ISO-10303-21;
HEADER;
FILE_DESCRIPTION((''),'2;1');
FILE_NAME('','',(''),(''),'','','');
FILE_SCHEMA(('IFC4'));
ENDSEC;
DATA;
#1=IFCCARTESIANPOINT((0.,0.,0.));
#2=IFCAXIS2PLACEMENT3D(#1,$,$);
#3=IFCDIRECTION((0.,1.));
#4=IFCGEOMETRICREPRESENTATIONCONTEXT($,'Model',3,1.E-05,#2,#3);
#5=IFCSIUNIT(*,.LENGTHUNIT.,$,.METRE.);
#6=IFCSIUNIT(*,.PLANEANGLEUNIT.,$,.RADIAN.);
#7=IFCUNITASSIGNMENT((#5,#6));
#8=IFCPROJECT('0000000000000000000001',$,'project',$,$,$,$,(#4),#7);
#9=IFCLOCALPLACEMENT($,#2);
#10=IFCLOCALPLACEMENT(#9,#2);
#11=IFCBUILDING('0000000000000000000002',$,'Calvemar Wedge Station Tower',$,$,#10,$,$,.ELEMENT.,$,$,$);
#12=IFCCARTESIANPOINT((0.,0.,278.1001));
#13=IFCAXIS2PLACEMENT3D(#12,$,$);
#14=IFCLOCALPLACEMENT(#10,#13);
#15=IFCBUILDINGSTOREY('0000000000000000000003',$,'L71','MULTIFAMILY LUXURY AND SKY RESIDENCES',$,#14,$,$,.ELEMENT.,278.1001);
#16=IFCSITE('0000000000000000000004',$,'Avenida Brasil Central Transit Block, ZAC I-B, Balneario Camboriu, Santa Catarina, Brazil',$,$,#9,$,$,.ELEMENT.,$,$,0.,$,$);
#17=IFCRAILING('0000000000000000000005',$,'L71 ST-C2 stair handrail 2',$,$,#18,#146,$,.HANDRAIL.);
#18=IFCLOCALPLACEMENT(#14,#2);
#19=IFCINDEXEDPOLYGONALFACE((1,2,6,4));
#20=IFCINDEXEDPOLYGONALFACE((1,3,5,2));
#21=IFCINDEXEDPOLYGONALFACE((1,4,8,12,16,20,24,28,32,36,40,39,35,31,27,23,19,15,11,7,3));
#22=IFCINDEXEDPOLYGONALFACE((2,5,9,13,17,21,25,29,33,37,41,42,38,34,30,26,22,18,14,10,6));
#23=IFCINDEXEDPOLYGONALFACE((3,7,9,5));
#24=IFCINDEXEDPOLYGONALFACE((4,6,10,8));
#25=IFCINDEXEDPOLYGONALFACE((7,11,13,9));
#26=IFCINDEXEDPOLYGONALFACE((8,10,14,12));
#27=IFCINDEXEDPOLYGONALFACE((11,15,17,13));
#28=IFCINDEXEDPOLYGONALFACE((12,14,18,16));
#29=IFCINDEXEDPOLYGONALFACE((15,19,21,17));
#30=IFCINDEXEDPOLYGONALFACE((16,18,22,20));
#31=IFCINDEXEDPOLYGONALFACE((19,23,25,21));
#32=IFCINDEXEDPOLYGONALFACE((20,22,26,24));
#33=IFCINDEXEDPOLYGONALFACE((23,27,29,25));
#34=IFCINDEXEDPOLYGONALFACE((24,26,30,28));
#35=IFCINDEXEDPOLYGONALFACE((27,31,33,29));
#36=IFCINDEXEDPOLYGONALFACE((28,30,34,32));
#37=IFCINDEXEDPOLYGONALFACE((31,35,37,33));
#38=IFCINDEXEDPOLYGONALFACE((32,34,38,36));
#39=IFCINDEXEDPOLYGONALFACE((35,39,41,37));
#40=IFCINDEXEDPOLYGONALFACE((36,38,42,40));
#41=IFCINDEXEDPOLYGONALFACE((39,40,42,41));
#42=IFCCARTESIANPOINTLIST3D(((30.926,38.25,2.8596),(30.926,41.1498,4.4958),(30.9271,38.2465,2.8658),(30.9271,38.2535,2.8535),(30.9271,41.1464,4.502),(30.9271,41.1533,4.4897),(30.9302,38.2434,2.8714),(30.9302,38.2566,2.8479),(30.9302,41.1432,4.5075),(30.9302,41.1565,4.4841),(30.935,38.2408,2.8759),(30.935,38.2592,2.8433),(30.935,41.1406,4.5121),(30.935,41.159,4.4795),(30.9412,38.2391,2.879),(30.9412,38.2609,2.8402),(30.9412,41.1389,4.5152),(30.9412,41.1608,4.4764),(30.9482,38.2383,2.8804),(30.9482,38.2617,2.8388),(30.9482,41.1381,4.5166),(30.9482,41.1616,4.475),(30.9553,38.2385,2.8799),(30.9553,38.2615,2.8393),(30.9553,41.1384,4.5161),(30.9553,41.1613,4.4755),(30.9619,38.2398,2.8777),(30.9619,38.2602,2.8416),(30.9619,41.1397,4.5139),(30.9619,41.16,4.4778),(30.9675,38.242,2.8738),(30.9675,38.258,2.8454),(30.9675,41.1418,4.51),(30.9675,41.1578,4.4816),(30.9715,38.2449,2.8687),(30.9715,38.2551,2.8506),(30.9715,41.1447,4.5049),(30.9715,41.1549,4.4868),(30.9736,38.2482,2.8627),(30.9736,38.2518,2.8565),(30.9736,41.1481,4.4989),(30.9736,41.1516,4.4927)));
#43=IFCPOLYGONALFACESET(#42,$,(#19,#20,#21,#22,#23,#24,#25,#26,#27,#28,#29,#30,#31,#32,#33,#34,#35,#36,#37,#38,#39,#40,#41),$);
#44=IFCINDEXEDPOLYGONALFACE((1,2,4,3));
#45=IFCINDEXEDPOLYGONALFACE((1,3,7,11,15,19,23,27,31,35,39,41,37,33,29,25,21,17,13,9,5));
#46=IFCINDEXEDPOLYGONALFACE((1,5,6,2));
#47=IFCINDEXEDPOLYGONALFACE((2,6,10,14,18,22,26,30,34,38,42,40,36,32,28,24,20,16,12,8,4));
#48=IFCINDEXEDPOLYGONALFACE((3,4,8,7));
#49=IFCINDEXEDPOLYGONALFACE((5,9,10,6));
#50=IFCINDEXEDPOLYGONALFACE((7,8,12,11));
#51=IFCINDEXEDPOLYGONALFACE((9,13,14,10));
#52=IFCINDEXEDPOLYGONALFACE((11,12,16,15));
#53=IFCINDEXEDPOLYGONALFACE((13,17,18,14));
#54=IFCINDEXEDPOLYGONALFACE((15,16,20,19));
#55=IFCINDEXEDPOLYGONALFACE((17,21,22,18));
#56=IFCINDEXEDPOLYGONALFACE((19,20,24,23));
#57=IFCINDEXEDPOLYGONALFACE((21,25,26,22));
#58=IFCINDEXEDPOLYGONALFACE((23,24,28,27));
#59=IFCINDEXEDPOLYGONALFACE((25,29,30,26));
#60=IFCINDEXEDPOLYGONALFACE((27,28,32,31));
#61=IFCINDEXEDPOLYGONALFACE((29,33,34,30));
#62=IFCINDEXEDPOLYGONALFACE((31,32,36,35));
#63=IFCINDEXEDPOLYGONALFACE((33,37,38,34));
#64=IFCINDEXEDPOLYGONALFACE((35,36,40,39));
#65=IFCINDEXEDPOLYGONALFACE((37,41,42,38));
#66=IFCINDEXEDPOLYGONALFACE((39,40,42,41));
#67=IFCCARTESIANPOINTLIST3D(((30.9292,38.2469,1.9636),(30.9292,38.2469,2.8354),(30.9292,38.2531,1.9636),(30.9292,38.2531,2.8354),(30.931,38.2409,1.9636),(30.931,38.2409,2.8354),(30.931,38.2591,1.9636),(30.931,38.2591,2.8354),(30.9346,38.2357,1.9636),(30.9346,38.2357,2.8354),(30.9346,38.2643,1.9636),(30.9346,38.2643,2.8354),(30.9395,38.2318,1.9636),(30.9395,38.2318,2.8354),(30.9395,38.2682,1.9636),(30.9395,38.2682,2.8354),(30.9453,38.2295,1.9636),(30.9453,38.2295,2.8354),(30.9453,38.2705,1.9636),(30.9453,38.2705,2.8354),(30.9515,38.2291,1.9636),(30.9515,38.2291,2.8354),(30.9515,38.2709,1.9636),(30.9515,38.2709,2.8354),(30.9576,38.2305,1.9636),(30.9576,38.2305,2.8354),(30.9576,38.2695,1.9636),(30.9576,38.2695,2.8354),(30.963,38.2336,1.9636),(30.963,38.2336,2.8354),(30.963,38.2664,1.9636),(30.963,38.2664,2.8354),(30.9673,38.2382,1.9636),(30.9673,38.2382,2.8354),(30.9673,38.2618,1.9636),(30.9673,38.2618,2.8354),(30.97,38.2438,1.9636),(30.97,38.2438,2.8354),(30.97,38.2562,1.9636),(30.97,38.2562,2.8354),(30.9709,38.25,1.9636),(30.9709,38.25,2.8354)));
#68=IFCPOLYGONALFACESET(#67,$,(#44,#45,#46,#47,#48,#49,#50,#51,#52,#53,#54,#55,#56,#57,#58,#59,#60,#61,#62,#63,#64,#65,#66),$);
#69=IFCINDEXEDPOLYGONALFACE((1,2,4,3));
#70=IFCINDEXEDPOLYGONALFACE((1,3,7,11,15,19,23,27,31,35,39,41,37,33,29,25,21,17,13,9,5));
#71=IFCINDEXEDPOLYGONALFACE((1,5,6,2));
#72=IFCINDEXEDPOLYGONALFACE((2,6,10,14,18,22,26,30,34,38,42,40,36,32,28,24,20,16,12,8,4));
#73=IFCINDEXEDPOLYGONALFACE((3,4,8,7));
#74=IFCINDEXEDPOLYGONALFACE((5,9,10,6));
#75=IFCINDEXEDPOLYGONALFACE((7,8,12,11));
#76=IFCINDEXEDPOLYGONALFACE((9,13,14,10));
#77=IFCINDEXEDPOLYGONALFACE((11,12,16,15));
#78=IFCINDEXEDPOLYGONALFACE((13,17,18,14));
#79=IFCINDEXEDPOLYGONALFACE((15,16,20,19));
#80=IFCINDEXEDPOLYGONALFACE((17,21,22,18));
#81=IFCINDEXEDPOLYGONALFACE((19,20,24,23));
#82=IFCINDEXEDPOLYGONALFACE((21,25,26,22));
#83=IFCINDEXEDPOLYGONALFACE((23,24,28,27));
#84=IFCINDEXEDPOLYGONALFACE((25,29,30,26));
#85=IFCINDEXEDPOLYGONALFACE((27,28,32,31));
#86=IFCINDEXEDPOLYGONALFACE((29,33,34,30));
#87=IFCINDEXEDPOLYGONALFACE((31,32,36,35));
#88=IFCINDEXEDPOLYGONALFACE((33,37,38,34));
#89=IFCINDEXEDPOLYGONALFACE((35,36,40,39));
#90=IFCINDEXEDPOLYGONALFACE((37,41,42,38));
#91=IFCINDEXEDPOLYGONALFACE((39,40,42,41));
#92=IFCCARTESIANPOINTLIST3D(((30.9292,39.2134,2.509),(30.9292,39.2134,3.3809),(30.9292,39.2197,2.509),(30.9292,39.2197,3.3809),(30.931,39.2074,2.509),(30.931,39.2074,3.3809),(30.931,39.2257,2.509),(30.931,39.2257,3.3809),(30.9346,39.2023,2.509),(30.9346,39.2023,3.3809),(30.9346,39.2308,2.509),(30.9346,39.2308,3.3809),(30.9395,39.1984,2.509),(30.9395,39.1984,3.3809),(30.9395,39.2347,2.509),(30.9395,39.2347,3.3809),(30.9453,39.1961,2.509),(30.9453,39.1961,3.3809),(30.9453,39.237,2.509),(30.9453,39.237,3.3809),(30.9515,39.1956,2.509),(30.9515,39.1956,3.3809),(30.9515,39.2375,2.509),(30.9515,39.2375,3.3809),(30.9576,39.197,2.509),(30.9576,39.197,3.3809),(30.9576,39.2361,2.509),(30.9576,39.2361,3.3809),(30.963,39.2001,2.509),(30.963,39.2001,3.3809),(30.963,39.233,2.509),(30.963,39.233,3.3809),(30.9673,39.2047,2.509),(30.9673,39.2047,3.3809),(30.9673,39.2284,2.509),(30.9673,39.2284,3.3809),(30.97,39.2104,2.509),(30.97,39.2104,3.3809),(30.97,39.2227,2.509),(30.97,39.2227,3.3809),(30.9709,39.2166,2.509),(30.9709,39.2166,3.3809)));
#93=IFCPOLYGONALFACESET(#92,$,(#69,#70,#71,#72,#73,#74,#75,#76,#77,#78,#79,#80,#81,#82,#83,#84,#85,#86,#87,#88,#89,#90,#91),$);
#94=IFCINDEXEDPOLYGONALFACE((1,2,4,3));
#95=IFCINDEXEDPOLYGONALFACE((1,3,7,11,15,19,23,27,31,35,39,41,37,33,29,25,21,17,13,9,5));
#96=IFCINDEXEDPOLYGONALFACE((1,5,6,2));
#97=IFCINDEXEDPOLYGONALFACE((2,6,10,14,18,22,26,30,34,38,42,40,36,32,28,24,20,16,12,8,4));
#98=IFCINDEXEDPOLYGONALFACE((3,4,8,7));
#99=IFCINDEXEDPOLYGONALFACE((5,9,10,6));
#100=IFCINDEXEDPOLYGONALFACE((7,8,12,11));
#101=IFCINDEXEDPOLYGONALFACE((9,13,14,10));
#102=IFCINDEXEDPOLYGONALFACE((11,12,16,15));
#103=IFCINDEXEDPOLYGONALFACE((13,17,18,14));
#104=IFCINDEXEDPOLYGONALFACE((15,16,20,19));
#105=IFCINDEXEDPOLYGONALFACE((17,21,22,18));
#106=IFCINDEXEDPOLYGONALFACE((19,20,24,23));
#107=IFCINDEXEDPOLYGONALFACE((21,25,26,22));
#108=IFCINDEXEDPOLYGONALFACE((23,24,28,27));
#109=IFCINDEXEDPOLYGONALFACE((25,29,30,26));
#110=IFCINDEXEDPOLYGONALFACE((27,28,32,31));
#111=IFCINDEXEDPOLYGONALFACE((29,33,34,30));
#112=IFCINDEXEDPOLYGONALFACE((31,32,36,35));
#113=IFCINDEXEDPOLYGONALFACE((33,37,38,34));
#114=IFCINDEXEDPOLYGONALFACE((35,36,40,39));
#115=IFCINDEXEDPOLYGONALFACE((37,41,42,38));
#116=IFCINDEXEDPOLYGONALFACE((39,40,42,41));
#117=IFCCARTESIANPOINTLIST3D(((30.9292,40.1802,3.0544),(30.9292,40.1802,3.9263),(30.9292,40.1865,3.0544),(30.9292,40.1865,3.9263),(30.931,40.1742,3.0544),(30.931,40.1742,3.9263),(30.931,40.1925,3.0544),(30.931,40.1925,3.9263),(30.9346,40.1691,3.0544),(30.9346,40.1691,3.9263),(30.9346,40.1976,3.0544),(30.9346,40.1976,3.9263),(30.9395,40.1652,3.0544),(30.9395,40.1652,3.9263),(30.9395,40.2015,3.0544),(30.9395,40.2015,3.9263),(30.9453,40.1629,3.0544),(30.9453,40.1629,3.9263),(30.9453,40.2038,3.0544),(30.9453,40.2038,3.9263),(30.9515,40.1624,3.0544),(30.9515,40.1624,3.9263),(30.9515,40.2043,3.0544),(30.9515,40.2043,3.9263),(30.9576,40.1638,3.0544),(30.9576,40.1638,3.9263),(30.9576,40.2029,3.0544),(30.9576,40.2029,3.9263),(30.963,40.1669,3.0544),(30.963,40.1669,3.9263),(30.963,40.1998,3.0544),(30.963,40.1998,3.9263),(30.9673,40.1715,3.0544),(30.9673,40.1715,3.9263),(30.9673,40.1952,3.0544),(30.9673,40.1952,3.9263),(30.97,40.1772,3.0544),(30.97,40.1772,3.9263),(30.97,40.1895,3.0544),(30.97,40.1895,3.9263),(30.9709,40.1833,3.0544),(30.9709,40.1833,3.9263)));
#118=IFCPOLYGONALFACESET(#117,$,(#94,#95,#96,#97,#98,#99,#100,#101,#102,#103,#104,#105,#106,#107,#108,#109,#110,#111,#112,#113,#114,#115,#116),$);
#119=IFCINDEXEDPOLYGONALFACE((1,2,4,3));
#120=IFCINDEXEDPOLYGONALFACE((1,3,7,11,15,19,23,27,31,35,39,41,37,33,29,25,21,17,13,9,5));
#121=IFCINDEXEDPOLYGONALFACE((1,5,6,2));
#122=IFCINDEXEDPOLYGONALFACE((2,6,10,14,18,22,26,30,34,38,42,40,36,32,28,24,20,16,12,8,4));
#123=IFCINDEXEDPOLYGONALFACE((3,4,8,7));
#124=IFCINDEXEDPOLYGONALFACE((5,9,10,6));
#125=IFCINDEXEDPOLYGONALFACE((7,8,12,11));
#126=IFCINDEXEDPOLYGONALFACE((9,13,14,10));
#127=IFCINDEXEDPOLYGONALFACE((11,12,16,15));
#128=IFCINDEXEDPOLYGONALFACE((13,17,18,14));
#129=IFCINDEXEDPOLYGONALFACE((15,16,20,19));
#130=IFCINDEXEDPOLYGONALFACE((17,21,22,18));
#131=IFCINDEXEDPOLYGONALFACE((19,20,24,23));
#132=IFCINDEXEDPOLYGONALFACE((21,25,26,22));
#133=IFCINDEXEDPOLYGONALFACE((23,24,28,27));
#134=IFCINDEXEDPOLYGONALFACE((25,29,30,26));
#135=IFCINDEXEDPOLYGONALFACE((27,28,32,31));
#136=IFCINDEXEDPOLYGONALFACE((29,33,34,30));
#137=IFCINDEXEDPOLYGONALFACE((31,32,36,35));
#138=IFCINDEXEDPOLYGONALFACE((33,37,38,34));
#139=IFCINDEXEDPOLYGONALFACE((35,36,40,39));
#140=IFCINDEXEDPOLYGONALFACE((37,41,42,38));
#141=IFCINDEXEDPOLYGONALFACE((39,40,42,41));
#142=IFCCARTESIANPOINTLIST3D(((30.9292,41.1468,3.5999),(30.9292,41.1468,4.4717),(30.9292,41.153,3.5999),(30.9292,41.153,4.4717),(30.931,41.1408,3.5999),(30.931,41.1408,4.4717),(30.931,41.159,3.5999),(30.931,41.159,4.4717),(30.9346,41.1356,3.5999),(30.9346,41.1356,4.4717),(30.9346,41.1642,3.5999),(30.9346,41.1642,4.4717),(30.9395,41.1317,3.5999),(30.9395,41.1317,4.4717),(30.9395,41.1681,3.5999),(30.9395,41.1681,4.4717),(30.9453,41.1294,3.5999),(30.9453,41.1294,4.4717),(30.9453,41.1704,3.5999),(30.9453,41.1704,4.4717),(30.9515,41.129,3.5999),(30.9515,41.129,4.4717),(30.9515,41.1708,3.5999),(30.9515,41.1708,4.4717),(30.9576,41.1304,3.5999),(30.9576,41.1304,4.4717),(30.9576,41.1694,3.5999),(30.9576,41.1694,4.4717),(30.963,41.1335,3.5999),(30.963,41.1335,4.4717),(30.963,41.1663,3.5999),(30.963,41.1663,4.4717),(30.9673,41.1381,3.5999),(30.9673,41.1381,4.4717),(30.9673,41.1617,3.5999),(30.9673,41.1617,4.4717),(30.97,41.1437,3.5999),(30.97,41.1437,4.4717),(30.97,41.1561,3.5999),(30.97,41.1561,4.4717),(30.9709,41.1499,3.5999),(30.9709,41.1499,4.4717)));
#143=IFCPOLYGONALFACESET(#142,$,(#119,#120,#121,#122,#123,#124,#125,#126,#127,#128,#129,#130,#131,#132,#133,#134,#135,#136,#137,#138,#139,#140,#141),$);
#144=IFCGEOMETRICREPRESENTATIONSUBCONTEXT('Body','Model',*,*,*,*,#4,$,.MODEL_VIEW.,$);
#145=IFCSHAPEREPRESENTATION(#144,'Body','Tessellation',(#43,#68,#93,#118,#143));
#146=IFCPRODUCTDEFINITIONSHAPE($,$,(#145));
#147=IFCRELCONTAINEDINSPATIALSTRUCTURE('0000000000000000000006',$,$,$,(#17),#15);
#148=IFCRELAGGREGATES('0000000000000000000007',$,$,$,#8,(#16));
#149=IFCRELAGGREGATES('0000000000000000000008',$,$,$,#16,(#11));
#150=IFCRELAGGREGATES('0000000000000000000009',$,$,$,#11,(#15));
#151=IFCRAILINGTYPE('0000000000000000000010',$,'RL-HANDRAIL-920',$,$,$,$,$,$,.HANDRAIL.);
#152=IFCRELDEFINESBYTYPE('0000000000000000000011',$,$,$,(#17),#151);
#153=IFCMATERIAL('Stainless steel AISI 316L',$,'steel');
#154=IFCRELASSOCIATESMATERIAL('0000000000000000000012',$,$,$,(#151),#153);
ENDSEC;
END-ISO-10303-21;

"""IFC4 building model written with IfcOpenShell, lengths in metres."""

from ifc_helpers import new_model, si_unit, direction, frame, origin, origin_2d, place, context, subcontext, project, spatial, circle, extrude, material, type_object, element, save


model = new_model("IFC4")

# Units and contexts
model_context = context("Model", 3, precision=1e-05, world=origin(), true_north=direction((0.0, 1.0)))
body_context = subcontext(model_context, "Body", "Model", "MODEL_VIEW")
ifc_project = project(units=[si_unit("LENGTHUNIT", "METRE"), si_unit("PLANEANGLEUNIT", "RADIAN")], contexts=[model_context])

# Site, building, storey
site_placement = place(None, origin())
site = spatial("IfcSite", under=ifc_project, at=site_placement, Name="Avenida Brasil Central Transit Block, ZAC I-B, Balneario Camboriu, Santa Catarina, Brazil", CompositionType="ELEMENT", RefElevation=0.0)
building_placement = place(site_placement, origin())
building = spatial("IfcBuilding", under=site, at=building_placement, Name="Calvemar Wedge Station Tower", CompositionType="ELEMENT")
storey_placement = place(building_placement, frame((0.0, 0.0, 278.1001)))
storey = spatial("IfcBuildingStorey", under=building, at=storey_placement, Name="L71", Description="MULTIFAMILY LUXURY AND SKY RESIDENCES", CompositionType="ELEMENT", Elevation=278.1001)

# Railing
ifc_material_1 = material(Name="Stainless steel AISI 316L", Category="steel")
railing_type_1 = type_object("IfcRailingType", Name="RL-HANDRAIL-920", PredefinedType="HANDRAIL", material=ifc_material_1)
railing_1_placement = place(storey_placement, frame((30.95, 38.25, 1.9636)))
element("IfcRailing", 1, at=railing_1_placement, inside=storey, type_object=railing_type_1, Name="L71 ST-C2 stair handrail 2", PredefinedType="HANDRAIL", context=body_context, shape_type="SweptSolid", body=[
    extrude(circle(Radius=0.0239, at=origin_2d()), frame((0.0, 0.0, 0.896), z_axis=(0.0, 0.870929, 0.49141), x_axis=(-1.0, 0.0, 0.0)), (0.0, 0.0, 1.0), 3.3296),
    extrude(circle(Radius=0.021, at=origin_2d()), origin(), (0.0, 0.0, 1.0), 0.8718),
    extrude(circle(Radius=0.021, at=origin_2d()), frame((0.0, 0.9666, 0.5454)), (0.0, 0.0, 1.0), 0.8718),
    extrude(circle(Radius=0.021, at=origin_2d()), frame((0.0, 1.9333, 1.0908)), (0.0, 0.0, 1.0), 0.8718),
    extrude(circle(Radius=0.021, at=origin_2d()), frame((0.0, 2.8999, 1.6362)), (0.0, 0.0, 1.0), 0.8718),
])

save(model, "model.ifc")
